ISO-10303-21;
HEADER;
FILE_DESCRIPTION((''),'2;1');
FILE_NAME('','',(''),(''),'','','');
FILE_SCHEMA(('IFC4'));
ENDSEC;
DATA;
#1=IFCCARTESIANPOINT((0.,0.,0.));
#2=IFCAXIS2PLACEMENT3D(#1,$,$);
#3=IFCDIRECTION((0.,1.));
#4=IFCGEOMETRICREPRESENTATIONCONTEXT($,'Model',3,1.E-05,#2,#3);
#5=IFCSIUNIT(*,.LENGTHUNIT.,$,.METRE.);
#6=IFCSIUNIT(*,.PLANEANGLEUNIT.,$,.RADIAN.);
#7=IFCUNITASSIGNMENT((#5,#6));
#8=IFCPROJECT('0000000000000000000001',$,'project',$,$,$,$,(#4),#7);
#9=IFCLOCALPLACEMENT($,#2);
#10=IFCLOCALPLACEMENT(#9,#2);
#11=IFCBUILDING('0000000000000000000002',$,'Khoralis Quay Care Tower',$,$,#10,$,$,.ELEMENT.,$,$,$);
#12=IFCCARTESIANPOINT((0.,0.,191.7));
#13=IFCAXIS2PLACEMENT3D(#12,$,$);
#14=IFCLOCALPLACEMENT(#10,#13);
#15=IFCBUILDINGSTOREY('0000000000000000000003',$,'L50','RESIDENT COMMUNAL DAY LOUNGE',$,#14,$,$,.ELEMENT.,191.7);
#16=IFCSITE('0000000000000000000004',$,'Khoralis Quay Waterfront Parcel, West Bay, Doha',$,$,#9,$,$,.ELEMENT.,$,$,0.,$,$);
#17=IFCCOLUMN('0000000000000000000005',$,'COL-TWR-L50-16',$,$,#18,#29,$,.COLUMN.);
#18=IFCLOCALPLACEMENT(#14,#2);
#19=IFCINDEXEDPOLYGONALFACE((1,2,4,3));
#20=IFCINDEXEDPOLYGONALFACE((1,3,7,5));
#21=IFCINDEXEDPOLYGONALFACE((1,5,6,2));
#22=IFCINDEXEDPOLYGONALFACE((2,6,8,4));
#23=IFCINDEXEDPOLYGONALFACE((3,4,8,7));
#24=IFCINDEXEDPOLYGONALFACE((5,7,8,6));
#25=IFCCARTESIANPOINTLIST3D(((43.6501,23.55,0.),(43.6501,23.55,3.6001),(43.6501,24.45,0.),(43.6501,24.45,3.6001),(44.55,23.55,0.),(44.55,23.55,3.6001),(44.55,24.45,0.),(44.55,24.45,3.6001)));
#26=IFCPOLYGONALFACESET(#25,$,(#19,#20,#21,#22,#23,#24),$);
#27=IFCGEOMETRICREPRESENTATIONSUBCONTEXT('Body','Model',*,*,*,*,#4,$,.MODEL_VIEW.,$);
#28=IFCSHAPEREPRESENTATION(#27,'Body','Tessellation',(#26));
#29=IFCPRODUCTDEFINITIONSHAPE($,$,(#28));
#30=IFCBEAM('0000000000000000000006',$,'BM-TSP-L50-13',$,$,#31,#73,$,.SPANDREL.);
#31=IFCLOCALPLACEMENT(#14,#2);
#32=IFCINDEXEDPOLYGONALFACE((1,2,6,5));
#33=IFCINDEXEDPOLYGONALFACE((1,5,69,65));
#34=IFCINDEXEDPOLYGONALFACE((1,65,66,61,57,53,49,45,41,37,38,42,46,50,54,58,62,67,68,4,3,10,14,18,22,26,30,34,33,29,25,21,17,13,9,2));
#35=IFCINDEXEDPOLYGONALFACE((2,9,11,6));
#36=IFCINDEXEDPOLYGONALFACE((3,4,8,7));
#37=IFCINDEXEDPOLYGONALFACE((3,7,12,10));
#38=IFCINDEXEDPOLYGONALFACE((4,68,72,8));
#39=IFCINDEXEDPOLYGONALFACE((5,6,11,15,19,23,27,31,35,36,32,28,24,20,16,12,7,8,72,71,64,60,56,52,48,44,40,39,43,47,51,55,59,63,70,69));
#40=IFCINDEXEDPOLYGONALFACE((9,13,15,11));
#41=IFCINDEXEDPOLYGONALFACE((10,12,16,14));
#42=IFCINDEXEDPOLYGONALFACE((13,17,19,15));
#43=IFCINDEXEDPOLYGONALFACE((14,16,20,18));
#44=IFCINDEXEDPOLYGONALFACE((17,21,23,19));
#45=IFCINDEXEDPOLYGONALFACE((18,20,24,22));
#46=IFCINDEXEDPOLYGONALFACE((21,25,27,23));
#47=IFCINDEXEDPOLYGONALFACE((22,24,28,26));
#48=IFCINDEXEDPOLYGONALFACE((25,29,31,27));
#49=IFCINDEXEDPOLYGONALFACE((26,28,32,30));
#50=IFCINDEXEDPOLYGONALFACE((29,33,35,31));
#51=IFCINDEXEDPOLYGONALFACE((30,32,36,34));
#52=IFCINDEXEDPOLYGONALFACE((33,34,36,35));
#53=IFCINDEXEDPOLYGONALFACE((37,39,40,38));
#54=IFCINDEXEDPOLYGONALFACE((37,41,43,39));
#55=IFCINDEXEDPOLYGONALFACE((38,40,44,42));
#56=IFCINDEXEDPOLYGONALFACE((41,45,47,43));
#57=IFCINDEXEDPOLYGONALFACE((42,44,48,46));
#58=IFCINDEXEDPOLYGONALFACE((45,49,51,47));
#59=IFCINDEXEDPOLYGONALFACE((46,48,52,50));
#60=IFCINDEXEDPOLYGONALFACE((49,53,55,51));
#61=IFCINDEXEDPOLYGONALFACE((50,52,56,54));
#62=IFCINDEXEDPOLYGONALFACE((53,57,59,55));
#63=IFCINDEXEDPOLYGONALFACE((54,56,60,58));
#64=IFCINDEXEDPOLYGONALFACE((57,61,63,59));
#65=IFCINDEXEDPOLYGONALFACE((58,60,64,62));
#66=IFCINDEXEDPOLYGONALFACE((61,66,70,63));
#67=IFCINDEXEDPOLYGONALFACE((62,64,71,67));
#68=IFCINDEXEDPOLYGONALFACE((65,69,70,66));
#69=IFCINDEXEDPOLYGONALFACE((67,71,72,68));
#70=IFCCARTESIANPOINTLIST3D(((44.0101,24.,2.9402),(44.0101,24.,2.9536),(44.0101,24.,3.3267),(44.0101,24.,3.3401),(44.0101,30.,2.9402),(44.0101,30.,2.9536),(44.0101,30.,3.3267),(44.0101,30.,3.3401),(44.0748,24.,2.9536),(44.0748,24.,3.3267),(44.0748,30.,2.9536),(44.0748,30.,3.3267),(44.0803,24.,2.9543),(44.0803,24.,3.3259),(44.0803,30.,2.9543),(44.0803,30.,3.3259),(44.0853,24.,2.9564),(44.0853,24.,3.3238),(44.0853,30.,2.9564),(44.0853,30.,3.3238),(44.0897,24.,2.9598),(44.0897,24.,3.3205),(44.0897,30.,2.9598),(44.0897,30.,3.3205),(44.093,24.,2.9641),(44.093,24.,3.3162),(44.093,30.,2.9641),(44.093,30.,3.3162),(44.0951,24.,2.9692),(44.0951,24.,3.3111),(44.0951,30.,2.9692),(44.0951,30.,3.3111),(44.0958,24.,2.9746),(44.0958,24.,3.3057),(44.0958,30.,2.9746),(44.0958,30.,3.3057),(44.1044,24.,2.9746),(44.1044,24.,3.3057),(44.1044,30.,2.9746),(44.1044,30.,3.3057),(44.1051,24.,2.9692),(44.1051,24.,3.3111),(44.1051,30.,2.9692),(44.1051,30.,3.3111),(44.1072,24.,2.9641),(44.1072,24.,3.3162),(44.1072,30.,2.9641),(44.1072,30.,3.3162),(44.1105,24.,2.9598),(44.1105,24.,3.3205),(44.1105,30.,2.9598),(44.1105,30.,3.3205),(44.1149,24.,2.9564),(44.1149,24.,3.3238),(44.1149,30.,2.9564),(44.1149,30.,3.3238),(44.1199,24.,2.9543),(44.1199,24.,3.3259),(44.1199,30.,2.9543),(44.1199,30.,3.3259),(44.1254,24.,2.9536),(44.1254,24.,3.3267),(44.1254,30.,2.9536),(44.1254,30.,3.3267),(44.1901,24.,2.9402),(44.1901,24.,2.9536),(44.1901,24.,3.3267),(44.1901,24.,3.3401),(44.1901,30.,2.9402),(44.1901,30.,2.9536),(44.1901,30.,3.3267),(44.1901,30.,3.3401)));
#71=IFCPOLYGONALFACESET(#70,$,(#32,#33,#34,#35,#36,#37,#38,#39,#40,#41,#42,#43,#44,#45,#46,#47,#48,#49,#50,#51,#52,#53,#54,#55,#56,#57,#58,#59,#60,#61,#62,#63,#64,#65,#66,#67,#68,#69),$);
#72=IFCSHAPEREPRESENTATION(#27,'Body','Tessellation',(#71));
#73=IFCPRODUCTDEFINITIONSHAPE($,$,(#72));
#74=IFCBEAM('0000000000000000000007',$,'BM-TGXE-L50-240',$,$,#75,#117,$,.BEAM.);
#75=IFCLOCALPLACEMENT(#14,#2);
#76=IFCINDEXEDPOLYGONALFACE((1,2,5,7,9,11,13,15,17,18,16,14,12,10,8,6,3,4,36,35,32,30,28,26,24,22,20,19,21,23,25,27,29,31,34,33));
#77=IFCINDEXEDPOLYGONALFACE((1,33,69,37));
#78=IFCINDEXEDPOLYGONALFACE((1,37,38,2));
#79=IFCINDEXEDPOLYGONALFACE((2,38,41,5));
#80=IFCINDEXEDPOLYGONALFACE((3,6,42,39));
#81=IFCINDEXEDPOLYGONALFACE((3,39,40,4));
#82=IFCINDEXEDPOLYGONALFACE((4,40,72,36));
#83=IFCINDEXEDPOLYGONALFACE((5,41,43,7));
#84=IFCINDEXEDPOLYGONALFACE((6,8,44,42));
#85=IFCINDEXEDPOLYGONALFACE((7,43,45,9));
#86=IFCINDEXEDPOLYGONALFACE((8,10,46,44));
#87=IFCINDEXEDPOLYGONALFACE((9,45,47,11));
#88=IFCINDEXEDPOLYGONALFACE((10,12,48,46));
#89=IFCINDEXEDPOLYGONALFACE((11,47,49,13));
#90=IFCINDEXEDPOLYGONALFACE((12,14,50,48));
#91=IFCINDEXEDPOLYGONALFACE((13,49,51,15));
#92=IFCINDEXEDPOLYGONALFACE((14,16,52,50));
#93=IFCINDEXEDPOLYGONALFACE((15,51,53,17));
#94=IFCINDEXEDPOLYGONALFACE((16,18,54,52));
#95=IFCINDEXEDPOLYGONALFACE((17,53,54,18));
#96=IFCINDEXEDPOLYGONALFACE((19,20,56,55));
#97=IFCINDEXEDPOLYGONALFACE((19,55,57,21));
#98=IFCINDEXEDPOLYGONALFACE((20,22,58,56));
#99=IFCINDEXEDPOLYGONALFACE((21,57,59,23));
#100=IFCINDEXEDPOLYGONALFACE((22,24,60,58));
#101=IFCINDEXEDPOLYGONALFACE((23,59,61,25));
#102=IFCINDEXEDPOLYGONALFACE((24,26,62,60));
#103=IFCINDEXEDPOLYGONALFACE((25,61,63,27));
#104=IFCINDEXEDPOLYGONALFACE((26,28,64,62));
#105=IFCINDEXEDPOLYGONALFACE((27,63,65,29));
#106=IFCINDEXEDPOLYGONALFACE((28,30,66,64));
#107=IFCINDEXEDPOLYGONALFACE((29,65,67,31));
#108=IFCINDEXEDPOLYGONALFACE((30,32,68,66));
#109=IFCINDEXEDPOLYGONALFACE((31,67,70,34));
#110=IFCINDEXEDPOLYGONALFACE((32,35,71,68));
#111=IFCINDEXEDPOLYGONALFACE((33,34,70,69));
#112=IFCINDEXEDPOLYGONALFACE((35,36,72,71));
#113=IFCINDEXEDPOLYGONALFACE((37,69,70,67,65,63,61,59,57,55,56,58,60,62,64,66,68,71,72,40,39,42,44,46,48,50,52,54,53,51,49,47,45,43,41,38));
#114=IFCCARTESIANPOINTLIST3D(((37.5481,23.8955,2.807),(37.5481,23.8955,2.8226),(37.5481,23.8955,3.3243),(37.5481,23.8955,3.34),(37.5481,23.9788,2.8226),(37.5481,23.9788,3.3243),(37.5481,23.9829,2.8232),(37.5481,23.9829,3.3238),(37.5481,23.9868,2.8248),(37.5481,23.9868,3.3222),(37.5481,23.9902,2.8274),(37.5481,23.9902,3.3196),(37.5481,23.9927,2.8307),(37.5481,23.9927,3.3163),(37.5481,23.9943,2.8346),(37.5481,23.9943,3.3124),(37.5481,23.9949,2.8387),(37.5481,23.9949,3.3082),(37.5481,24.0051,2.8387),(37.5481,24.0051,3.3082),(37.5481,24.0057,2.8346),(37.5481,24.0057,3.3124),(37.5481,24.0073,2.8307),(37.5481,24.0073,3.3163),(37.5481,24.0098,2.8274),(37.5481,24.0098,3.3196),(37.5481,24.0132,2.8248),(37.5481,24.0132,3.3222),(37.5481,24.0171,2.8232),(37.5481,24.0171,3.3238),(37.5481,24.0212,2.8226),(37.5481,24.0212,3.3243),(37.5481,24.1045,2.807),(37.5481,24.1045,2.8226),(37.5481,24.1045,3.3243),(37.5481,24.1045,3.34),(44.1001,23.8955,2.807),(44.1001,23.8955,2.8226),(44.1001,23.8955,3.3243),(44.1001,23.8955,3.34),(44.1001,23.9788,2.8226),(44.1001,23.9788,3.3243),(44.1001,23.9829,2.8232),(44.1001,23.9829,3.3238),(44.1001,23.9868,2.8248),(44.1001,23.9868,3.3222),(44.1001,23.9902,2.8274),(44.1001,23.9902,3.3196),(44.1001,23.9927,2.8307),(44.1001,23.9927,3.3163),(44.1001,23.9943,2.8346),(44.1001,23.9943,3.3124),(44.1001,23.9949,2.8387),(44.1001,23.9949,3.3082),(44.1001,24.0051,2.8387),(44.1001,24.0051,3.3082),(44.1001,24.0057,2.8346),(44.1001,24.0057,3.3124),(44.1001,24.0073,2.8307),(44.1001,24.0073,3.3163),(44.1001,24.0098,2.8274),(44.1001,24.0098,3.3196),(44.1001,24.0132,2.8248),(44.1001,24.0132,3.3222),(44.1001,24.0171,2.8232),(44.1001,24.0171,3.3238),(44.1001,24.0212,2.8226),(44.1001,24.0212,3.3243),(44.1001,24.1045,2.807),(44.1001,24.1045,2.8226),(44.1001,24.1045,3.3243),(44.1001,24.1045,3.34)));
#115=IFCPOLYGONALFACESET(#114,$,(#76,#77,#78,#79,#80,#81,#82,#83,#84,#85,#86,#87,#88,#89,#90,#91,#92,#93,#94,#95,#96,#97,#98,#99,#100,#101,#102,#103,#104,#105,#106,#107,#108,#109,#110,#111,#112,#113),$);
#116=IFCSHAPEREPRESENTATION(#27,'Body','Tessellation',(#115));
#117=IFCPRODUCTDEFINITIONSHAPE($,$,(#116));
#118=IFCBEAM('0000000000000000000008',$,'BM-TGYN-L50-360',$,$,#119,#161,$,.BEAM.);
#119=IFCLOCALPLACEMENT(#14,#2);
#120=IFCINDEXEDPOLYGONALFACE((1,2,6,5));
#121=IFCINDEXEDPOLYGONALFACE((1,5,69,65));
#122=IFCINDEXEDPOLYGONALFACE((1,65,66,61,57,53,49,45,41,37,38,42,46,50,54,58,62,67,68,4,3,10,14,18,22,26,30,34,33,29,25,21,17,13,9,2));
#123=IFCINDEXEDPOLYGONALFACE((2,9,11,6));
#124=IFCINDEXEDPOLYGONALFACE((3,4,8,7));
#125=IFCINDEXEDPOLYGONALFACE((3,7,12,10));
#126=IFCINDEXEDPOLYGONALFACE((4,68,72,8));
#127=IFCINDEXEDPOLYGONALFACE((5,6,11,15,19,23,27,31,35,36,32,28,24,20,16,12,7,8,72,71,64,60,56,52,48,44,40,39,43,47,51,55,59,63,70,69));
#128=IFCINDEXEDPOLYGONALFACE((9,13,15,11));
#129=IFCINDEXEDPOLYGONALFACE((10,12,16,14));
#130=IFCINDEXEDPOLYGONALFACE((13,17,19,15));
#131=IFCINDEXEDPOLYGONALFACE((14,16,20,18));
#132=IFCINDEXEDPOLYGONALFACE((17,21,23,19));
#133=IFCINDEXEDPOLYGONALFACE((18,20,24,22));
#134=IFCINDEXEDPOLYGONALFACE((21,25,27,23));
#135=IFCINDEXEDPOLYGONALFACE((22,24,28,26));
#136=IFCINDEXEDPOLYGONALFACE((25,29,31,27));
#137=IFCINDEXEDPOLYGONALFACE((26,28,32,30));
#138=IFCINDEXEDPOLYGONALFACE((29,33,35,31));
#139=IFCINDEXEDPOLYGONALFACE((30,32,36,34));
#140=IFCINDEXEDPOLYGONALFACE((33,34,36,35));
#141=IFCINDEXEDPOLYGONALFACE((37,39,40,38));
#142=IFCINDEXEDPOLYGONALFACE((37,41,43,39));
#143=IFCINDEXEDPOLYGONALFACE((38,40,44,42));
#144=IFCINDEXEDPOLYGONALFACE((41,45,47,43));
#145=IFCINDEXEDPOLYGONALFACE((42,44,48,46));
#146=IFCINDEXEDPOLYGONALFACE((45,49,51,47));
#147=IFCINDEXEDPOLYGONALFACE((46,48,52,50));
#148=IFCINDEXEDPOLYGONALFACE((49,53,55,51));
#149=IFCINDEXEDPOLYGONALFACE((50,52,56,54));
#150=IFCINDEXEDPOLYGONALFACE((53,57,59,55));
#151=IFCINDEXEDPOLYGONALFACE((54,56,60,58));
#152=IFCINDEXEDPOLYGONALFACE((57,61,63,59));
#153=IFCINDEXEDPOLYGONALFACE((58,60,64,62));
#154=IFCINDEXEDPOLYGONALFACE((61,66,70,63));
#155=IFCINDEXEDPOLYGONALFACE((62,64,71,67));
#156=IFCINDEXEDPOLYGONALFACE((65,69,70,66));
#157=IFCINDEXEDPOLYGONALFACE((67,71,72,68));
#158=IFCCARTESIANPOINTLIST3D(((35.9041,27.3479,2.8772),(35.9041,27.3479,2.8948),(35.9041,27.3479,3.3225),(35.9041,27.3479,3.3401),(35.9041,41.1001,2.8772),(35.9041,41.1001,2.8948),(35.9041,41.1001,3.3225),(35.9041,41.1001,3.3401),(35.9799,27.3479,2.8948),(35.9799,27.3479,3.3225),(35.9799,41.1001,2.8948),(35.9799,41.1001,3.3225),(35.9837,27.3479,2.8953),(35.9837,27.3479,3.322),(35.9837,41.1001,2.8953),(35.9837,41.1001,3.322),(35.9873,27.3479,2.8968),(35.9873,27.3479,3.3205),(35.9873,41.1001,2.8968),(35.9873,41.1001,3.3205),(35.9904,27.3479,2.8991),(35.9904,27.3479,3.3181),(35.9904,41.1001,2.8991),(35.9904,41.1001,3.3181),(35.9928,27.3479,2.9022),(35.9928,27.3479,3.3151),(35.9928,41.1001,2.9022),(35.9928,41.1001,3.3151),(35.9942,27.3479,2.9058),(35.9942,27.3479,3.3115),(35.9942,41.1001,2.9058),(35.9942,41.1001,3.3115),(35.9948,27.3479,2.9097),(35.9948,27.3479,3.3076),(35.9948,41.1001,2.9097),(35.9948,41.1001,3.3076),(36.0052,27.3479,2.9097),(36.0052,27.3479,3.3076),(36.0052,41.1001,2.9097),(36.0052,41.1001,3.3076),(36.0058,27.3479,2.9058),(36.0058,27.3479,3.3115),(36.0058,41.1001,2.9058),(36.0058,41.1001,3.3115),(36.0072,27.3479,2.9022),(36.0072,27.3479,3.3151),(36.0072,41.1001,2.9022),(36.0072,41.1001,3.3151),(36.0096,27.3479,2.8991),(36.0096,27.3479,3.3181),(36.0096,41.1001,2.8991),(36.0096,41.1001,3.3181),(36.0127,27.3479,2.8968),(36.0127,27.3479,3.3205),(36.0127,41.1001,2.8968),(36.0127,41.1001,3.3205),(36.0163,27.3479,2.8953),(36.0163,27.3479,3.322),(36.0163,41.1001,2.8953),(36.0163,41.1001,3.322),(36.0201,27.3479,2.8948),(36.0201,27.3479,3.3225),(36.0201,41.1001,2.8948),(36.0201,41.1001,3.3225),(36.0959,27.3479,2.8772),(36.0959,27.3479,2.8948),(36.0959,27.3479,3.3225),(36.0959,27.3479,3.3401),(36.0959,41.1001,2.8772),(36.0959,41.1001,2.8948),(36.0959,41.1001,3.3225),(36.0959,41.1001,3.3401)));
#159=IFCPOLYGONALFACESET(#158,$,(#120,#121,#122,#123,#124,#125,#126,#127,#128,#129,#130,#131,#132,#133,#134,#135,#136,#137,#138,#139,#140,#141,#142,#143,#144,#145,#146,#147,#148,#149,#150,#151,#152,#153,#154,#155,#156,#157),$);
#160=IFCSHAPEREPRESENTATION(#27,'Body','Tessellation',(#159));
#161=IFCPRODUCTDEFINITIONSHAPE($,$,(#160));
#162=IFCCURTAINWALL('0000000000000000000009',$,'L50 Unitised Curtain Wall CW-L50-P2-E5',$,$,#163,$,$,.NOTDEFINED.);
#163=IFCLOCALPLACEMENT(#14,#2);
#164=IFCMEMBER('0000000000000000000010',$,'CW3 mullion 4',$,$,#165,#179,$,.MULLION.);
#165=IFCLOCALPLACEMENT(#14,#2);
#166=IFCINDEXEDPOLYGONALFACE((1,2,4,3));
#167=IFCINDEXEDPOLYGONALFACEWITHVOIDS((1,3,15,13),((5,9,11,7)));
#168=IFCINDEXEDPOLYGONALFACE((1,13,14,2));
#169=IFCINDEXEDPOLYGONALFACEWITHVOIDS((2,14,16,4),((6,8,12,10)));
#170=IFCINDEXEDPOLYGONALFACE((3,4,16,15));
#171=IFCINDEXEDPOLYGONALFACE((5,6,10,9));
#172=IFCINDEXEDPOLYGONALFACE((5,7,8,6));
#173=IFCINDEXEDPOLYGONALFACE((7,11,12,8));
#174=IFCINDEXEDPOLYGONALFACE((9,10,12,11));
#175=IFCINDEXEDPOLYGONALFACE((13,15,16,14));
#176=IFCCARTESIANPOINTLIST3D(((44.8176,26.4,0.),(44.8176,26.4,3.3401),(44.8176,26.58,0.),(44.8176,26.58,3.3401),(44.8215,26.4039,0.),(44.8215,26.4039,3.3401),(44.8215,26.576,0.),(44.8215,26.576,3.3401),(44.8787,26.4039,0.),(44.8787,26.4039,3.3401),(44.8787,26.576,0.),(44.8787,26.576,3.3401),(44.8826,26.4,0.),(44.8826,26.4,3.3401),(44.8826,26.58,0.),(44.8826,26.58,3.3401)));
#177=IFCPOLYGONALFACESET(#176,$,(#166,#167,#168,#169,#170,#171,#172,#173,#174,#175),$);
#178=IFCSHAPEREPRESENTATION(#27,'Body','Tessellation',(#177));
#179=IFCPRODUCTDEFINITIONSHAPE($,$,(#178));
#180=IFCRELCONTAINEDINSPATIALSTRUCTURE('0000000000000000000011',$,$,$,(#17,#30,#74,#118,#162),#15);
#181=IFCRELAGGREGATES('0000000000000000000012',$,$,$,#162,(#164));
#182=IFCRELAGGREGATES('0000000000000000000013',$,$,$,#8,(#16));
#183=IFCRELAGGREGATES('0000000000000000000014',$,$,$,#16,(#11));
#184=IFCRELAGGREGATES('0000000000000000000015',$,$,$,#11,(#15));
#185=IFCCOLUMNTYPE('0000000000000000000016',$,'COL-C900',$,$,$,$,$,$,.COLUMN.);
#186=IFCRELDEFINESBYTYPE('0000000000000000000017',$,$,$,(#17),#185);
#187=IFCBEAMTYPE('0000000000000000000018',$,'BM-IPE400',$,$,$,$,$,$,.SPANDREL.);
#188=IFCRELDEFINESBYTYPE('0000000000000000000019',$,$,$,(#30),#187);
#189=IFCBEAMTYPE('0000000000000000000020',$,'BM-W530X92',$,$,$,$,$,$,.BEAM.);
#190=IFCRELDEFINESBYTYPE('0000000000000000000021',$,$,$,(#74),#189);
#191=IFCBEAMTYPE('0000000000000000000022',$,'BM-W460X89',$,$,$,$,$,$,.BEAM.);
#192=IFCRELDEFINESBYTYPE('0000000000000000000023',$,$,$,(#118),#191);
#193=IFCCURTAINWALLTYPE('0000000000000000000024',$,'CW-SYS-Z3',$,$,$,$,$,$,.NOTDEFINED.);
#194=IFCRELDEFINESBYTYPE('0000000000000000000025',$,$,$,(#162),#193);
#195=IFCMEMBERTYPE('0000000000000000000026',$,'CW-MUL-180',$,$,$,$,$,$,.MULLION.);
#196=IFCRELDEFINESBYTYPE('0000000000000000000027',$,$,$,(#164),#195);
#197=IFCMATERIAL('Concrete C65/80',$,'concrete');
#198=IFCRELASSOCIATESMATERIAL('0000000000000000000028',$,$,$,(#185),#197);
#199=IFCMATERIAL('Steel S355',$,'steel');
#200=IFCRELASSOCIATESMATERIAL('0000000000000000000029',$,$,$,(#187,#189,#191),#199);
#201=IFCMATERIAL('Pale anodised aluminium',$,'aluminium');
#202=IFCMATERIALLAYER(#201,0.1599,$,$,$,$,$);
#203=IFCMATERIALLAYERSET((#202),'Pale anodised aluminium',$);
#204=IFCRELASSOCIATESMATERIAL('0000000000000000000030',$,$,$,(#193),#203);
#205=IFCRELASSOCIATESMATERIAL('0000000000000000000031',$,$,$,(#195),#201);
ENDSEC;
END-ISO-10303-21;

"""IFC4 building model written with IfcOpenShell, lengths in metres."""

from ifc_helpers import new_model, si_unit, direction, frame, origin, origin_2d, place, context, subcontext, project, spatial, rectangle, hollow_rectangle, i_section, extrude, source, transform, mapped, material, layer, layer_set, material_profile, profile_set, type_object, element, aggregate, save


model = new_model("IFC4")

# Units and contexts
model_context = context("Model", 3, precision=1e-05, world=origin(), true_north=direction((0.0, 1.0)))
body_context = subcontext(model_context, "Body", "Model", "MODEL_VIEW")
ifc_project = project(units=[si_unit("LENGTHUNIT", "METRE"), si_unit("PLANEANGLEUNIT", "RADIAN")], contexts=[model_context])

# Site, building, storey
site_placement = place(None, origin())
site = spatial("IfcSite", under=ifc_project, at=site_placement, Name="Khoralis Quay Waterfront Parcel, West Bay, Doha", CompositionType="ELEMENT", RefElevation=0.0)
building_placement = place(site_placement, origin())
building = spatial("IfcBuilding", under=site, at=building_placement, Name="Khoralis Quay Care Tower", CompositionType="ELEMENT")
storey_placement = place(building_placement, frame((0.0, 0.0, 191.7)))
storey = spatial("IfcBuildingStorey", under=building, at=storey_placement, Name="L50", Description="RESIDENT COMMUNAL DAY LOUNGE", CompositionType="ELEMENT", Elevation=191.7)

# Column
ifc_material_1 = material(Name="Concrete C65/80", Category="concrete")
ifc_material_profile_1 = material_profile(ifc_material_1, rectangle(XDim=0.8999, YDim=0.8999, at=origin_2d()), Name="Concrete C65/80")
ifc_profile_set_1 = profile_set([ifc_material_profile_1], Name="Concrete C65/80")
column_type = type_object("IfcColumnType", Name="COL-C900", PredefinedType="COLUMN", material=ifc_profile_set_1)
shared_shape_1 = source(origin(), body_context, "Body", "SweptSolid", [
    extrude(rectangle(XDim=0.8999, YDim=0.8999, at=origin_2d()), origin(), (0.0, 0.0, 1.0), 3.6001),
])
column_placement = place(storey_placement, frame((44.1001, 24.0, 0.0), z_axis=(0.0, 0.0, 1.0), x_axis=(1.0, 0.0, 0.0)))
element("IfcColumn", 1, at=column_placement, inside=storey, type_object=column_type, Name="COL-TWR-L50-16", PredefinedType="COLUMN", context=body_context, shape_type="MappedRepresentation", body=[
    mapped(shared_shape_1, transform((0.0, 0.0, 0.0), scale=1.0)),
])

# Beams
ifc_material_2 = material(Name="Steel S355", Category="steel")
ifc_material_profile_2 = material_profile(ifc_material_2, i_section(OverallWidth=0.1799, OverallDepth=0.3999, WebThickness=0.0085, FlangeThickness=0.0134, FilletRadius=0.021, at=origin_2d()), Name="Steel S355")
ifc_profile_set_2 = profile_set([ifc_material_profile_2], Name="Steel S355")
beam_type_1 = type_object("IfcBeamType", Name="BM-IPE400", PredefinedType="SPANDREL", material=ifc_profile_set_2)
shared_shape_2 = source(origin(), body_context, "Body", "SweptSolid", [
    extrude(i_section(OverallWidth=0.1799, OverallDepth=0.3999, WebThickness=0.0085, FlangeThickness=0.0134, FilletRadius=0.021, at=origin_2d()), origin(), (0.0, 0.0, 1.0), 6.0),
])
beam_1_placement = place(storey_placement, frame((44.1001, 24.0, 3.1401), z_axis=(0.0, 1.0, 0.0), x_axis=(-1.0, 0.0, 0.0)))
element("IfcBeam", 2, at=beam_1_placement, inside=storey, type_object=beam_type_1, Name="BM-TSP-L50-13", PredefinedType="SPANDREL", context=body_context, shape_type="MappedRepresentation", body=[
    mapped(shared_shape_2, transform((0.0, 0.0, 0.0), scale=1.0)),
])
ifc_material_profile_3 = material_profile(ifc_material_2, i_section(OverallWidth=0.209, OverallDepth=0.533, WebThickness=0.0103, FlangeThickness=0.0156, FilletRadius=0.0161, at=origin_2d()), Name="Steel S355")
ifc_profile_set_3 = profile_set([ifc_material_profile_3], Name="Steel S355")
beam_type_2 = type_object("IfcBeamType", Name="BM-W530X92", PredefinedType="BEAM", material=ifc_profile_set_3)
shared_shape_3 = source(origin(), body_context, "Body", "SweptSolid", [
    extrude(i_section(OverallWidth=0.209, OverallDepth=0.533, WebThickness=0.0103, FlangeThickness=0.0156, FilletRadius=0.0161, at=origin_2d()), origin(), (0.0, 0.0, 1.0), 6.552),
])
beam_2_placement = place(storey_placement, frame((37.5481, 24.0, 3.0735), z_axis=(1.0, 0.0, 0.0), x_axis=(0.0, 1.0, 0.0)))
element("IfcBeam", 3, at=beam_2_placement, inside=storey, type_object=beam_type_2, Name="BM-TGXE-L50-240", PredefinedType="BEAM", context=body_context, shape_type="MappedRepresentation", body=[
    mapped(shared_shape_3, transform((0.0, 0.0, 0.0), scale=1.0)),
])
ifc_material_profile_4 = material_profile(ifc_material_2, i_section(OverallWidth=0.1919, OverallDepth=0.4629, WebThickness=0.0105, FlangeThickness=0.0176, FilletRadius=0.0149, at=origin_2d()), Name="Steel S355")
ifc_profile_set_4 = profile_set([ifc_material_profile_4], Name="Steel S355")
beam_type_3 = type_object("IfcBeamType", Name="BM-W460X89", PredefinedType="BEAM", material=ifc_profile_set_4)
shared_shape_4 = source(origin(), body_context, "Body", "SweptSolid", [
    extrude(i_section(OverallWidth=0.1919, OverallDepth=0.4629, WebThickness=0.0105, FlangeThickness=0.0176, FilletRadius=0.0149, at=origin_2d()), origin(), (0.0, 0.0, 1.0), 13.7522),
])
beam_3_placement = place(storey_placement, frame((36.0, 27.3479, 3.1086), z_axis=(0.0, 1.0, 0.0), x_axis=(-1.0, 0.0, 0.0)))
element("IfcBeam", 4, at=beam_3_placement, inside=storey, type_object=beam_type_3, Name="BM-TGYN-L50-360", PredefinedType="BEAM", context=body_context, shape_type="MappedRepresentation", body=[
    mapped(shared_shape_4, transform((0.0, 0.0, 0.0), scale=1.0)),
])

# Curtain wall, member
ifc_material_3 = material(Name="Pale anodised aluminium", Category="aluminium")
ifc_layer_1 = layer(ifc_material_3, 0.1599)
ifc_layer_set_1 = layer_set([ifc_layer_1], Name="Pale anodised aluminium")
curtain_wall_type = type_object("IfcCurtainWallType", Name="CW-SYS-Z3", PredefinedType="NOTDEFINED", material=ifc_layer_set_1)
curtain_wall_placement = place(storey_placement, origin())
curtain_wall = element("IfcCurtainWall", 5, at=curtain_wall_placement, inside=storey, type_object=curtain_wall_type, Name="L50 Unitised Curtain Wall CW-L50-P2-E5", PredefinedType="NOTDEFINED")
ifc_material_profile_5 = material_profile(ifc_material_3, hollow_rectangle(XDim=0.0649, YDim=0.1799, WallThickness=0.0039, at=origin_2d()), Name="Pale anodised aluminium")
ifc_profile_set_5 = profile_set([ifc_material_profile_5], Name="Pale anodised aluminium")
member_type_1 = type_object("IfcMemberType", Name="CW-MUL-180", PredefinedType="MULLION", material=ifc_profile_set_5)
shared_shape_5 = source(origin(), body_context, "Body", "SweptSolid", [
    extrude(hollow_rectangle(XDim=0.0649, YDim=0.1799, WallThickness=0.0039, at=origin_2d()), origin(), (0.0, 0.0, 1.0), 3.3401),
])
member_1_placement = place(storey_placement, frame((44.8501, 26.49, 0.0), z_axis=(0.0, 0.0, 1.0), x_axis=(-1.0, 0.0, 0.0)))
member_1 = element("IfcMember", 6, at=member_1_placement, type_object=member_type_1, Name="CW3 mullion 4", PredefinedType="MULLION", context=body_context, shape_type="MappedRepresentation", body=[
    mapped(shared_shape_5, transform((0.0, 0.0, 0.0), scale=1.0)),
])
aggregate(curtain_wall, [member_1])

save(model, "model.ifc")
